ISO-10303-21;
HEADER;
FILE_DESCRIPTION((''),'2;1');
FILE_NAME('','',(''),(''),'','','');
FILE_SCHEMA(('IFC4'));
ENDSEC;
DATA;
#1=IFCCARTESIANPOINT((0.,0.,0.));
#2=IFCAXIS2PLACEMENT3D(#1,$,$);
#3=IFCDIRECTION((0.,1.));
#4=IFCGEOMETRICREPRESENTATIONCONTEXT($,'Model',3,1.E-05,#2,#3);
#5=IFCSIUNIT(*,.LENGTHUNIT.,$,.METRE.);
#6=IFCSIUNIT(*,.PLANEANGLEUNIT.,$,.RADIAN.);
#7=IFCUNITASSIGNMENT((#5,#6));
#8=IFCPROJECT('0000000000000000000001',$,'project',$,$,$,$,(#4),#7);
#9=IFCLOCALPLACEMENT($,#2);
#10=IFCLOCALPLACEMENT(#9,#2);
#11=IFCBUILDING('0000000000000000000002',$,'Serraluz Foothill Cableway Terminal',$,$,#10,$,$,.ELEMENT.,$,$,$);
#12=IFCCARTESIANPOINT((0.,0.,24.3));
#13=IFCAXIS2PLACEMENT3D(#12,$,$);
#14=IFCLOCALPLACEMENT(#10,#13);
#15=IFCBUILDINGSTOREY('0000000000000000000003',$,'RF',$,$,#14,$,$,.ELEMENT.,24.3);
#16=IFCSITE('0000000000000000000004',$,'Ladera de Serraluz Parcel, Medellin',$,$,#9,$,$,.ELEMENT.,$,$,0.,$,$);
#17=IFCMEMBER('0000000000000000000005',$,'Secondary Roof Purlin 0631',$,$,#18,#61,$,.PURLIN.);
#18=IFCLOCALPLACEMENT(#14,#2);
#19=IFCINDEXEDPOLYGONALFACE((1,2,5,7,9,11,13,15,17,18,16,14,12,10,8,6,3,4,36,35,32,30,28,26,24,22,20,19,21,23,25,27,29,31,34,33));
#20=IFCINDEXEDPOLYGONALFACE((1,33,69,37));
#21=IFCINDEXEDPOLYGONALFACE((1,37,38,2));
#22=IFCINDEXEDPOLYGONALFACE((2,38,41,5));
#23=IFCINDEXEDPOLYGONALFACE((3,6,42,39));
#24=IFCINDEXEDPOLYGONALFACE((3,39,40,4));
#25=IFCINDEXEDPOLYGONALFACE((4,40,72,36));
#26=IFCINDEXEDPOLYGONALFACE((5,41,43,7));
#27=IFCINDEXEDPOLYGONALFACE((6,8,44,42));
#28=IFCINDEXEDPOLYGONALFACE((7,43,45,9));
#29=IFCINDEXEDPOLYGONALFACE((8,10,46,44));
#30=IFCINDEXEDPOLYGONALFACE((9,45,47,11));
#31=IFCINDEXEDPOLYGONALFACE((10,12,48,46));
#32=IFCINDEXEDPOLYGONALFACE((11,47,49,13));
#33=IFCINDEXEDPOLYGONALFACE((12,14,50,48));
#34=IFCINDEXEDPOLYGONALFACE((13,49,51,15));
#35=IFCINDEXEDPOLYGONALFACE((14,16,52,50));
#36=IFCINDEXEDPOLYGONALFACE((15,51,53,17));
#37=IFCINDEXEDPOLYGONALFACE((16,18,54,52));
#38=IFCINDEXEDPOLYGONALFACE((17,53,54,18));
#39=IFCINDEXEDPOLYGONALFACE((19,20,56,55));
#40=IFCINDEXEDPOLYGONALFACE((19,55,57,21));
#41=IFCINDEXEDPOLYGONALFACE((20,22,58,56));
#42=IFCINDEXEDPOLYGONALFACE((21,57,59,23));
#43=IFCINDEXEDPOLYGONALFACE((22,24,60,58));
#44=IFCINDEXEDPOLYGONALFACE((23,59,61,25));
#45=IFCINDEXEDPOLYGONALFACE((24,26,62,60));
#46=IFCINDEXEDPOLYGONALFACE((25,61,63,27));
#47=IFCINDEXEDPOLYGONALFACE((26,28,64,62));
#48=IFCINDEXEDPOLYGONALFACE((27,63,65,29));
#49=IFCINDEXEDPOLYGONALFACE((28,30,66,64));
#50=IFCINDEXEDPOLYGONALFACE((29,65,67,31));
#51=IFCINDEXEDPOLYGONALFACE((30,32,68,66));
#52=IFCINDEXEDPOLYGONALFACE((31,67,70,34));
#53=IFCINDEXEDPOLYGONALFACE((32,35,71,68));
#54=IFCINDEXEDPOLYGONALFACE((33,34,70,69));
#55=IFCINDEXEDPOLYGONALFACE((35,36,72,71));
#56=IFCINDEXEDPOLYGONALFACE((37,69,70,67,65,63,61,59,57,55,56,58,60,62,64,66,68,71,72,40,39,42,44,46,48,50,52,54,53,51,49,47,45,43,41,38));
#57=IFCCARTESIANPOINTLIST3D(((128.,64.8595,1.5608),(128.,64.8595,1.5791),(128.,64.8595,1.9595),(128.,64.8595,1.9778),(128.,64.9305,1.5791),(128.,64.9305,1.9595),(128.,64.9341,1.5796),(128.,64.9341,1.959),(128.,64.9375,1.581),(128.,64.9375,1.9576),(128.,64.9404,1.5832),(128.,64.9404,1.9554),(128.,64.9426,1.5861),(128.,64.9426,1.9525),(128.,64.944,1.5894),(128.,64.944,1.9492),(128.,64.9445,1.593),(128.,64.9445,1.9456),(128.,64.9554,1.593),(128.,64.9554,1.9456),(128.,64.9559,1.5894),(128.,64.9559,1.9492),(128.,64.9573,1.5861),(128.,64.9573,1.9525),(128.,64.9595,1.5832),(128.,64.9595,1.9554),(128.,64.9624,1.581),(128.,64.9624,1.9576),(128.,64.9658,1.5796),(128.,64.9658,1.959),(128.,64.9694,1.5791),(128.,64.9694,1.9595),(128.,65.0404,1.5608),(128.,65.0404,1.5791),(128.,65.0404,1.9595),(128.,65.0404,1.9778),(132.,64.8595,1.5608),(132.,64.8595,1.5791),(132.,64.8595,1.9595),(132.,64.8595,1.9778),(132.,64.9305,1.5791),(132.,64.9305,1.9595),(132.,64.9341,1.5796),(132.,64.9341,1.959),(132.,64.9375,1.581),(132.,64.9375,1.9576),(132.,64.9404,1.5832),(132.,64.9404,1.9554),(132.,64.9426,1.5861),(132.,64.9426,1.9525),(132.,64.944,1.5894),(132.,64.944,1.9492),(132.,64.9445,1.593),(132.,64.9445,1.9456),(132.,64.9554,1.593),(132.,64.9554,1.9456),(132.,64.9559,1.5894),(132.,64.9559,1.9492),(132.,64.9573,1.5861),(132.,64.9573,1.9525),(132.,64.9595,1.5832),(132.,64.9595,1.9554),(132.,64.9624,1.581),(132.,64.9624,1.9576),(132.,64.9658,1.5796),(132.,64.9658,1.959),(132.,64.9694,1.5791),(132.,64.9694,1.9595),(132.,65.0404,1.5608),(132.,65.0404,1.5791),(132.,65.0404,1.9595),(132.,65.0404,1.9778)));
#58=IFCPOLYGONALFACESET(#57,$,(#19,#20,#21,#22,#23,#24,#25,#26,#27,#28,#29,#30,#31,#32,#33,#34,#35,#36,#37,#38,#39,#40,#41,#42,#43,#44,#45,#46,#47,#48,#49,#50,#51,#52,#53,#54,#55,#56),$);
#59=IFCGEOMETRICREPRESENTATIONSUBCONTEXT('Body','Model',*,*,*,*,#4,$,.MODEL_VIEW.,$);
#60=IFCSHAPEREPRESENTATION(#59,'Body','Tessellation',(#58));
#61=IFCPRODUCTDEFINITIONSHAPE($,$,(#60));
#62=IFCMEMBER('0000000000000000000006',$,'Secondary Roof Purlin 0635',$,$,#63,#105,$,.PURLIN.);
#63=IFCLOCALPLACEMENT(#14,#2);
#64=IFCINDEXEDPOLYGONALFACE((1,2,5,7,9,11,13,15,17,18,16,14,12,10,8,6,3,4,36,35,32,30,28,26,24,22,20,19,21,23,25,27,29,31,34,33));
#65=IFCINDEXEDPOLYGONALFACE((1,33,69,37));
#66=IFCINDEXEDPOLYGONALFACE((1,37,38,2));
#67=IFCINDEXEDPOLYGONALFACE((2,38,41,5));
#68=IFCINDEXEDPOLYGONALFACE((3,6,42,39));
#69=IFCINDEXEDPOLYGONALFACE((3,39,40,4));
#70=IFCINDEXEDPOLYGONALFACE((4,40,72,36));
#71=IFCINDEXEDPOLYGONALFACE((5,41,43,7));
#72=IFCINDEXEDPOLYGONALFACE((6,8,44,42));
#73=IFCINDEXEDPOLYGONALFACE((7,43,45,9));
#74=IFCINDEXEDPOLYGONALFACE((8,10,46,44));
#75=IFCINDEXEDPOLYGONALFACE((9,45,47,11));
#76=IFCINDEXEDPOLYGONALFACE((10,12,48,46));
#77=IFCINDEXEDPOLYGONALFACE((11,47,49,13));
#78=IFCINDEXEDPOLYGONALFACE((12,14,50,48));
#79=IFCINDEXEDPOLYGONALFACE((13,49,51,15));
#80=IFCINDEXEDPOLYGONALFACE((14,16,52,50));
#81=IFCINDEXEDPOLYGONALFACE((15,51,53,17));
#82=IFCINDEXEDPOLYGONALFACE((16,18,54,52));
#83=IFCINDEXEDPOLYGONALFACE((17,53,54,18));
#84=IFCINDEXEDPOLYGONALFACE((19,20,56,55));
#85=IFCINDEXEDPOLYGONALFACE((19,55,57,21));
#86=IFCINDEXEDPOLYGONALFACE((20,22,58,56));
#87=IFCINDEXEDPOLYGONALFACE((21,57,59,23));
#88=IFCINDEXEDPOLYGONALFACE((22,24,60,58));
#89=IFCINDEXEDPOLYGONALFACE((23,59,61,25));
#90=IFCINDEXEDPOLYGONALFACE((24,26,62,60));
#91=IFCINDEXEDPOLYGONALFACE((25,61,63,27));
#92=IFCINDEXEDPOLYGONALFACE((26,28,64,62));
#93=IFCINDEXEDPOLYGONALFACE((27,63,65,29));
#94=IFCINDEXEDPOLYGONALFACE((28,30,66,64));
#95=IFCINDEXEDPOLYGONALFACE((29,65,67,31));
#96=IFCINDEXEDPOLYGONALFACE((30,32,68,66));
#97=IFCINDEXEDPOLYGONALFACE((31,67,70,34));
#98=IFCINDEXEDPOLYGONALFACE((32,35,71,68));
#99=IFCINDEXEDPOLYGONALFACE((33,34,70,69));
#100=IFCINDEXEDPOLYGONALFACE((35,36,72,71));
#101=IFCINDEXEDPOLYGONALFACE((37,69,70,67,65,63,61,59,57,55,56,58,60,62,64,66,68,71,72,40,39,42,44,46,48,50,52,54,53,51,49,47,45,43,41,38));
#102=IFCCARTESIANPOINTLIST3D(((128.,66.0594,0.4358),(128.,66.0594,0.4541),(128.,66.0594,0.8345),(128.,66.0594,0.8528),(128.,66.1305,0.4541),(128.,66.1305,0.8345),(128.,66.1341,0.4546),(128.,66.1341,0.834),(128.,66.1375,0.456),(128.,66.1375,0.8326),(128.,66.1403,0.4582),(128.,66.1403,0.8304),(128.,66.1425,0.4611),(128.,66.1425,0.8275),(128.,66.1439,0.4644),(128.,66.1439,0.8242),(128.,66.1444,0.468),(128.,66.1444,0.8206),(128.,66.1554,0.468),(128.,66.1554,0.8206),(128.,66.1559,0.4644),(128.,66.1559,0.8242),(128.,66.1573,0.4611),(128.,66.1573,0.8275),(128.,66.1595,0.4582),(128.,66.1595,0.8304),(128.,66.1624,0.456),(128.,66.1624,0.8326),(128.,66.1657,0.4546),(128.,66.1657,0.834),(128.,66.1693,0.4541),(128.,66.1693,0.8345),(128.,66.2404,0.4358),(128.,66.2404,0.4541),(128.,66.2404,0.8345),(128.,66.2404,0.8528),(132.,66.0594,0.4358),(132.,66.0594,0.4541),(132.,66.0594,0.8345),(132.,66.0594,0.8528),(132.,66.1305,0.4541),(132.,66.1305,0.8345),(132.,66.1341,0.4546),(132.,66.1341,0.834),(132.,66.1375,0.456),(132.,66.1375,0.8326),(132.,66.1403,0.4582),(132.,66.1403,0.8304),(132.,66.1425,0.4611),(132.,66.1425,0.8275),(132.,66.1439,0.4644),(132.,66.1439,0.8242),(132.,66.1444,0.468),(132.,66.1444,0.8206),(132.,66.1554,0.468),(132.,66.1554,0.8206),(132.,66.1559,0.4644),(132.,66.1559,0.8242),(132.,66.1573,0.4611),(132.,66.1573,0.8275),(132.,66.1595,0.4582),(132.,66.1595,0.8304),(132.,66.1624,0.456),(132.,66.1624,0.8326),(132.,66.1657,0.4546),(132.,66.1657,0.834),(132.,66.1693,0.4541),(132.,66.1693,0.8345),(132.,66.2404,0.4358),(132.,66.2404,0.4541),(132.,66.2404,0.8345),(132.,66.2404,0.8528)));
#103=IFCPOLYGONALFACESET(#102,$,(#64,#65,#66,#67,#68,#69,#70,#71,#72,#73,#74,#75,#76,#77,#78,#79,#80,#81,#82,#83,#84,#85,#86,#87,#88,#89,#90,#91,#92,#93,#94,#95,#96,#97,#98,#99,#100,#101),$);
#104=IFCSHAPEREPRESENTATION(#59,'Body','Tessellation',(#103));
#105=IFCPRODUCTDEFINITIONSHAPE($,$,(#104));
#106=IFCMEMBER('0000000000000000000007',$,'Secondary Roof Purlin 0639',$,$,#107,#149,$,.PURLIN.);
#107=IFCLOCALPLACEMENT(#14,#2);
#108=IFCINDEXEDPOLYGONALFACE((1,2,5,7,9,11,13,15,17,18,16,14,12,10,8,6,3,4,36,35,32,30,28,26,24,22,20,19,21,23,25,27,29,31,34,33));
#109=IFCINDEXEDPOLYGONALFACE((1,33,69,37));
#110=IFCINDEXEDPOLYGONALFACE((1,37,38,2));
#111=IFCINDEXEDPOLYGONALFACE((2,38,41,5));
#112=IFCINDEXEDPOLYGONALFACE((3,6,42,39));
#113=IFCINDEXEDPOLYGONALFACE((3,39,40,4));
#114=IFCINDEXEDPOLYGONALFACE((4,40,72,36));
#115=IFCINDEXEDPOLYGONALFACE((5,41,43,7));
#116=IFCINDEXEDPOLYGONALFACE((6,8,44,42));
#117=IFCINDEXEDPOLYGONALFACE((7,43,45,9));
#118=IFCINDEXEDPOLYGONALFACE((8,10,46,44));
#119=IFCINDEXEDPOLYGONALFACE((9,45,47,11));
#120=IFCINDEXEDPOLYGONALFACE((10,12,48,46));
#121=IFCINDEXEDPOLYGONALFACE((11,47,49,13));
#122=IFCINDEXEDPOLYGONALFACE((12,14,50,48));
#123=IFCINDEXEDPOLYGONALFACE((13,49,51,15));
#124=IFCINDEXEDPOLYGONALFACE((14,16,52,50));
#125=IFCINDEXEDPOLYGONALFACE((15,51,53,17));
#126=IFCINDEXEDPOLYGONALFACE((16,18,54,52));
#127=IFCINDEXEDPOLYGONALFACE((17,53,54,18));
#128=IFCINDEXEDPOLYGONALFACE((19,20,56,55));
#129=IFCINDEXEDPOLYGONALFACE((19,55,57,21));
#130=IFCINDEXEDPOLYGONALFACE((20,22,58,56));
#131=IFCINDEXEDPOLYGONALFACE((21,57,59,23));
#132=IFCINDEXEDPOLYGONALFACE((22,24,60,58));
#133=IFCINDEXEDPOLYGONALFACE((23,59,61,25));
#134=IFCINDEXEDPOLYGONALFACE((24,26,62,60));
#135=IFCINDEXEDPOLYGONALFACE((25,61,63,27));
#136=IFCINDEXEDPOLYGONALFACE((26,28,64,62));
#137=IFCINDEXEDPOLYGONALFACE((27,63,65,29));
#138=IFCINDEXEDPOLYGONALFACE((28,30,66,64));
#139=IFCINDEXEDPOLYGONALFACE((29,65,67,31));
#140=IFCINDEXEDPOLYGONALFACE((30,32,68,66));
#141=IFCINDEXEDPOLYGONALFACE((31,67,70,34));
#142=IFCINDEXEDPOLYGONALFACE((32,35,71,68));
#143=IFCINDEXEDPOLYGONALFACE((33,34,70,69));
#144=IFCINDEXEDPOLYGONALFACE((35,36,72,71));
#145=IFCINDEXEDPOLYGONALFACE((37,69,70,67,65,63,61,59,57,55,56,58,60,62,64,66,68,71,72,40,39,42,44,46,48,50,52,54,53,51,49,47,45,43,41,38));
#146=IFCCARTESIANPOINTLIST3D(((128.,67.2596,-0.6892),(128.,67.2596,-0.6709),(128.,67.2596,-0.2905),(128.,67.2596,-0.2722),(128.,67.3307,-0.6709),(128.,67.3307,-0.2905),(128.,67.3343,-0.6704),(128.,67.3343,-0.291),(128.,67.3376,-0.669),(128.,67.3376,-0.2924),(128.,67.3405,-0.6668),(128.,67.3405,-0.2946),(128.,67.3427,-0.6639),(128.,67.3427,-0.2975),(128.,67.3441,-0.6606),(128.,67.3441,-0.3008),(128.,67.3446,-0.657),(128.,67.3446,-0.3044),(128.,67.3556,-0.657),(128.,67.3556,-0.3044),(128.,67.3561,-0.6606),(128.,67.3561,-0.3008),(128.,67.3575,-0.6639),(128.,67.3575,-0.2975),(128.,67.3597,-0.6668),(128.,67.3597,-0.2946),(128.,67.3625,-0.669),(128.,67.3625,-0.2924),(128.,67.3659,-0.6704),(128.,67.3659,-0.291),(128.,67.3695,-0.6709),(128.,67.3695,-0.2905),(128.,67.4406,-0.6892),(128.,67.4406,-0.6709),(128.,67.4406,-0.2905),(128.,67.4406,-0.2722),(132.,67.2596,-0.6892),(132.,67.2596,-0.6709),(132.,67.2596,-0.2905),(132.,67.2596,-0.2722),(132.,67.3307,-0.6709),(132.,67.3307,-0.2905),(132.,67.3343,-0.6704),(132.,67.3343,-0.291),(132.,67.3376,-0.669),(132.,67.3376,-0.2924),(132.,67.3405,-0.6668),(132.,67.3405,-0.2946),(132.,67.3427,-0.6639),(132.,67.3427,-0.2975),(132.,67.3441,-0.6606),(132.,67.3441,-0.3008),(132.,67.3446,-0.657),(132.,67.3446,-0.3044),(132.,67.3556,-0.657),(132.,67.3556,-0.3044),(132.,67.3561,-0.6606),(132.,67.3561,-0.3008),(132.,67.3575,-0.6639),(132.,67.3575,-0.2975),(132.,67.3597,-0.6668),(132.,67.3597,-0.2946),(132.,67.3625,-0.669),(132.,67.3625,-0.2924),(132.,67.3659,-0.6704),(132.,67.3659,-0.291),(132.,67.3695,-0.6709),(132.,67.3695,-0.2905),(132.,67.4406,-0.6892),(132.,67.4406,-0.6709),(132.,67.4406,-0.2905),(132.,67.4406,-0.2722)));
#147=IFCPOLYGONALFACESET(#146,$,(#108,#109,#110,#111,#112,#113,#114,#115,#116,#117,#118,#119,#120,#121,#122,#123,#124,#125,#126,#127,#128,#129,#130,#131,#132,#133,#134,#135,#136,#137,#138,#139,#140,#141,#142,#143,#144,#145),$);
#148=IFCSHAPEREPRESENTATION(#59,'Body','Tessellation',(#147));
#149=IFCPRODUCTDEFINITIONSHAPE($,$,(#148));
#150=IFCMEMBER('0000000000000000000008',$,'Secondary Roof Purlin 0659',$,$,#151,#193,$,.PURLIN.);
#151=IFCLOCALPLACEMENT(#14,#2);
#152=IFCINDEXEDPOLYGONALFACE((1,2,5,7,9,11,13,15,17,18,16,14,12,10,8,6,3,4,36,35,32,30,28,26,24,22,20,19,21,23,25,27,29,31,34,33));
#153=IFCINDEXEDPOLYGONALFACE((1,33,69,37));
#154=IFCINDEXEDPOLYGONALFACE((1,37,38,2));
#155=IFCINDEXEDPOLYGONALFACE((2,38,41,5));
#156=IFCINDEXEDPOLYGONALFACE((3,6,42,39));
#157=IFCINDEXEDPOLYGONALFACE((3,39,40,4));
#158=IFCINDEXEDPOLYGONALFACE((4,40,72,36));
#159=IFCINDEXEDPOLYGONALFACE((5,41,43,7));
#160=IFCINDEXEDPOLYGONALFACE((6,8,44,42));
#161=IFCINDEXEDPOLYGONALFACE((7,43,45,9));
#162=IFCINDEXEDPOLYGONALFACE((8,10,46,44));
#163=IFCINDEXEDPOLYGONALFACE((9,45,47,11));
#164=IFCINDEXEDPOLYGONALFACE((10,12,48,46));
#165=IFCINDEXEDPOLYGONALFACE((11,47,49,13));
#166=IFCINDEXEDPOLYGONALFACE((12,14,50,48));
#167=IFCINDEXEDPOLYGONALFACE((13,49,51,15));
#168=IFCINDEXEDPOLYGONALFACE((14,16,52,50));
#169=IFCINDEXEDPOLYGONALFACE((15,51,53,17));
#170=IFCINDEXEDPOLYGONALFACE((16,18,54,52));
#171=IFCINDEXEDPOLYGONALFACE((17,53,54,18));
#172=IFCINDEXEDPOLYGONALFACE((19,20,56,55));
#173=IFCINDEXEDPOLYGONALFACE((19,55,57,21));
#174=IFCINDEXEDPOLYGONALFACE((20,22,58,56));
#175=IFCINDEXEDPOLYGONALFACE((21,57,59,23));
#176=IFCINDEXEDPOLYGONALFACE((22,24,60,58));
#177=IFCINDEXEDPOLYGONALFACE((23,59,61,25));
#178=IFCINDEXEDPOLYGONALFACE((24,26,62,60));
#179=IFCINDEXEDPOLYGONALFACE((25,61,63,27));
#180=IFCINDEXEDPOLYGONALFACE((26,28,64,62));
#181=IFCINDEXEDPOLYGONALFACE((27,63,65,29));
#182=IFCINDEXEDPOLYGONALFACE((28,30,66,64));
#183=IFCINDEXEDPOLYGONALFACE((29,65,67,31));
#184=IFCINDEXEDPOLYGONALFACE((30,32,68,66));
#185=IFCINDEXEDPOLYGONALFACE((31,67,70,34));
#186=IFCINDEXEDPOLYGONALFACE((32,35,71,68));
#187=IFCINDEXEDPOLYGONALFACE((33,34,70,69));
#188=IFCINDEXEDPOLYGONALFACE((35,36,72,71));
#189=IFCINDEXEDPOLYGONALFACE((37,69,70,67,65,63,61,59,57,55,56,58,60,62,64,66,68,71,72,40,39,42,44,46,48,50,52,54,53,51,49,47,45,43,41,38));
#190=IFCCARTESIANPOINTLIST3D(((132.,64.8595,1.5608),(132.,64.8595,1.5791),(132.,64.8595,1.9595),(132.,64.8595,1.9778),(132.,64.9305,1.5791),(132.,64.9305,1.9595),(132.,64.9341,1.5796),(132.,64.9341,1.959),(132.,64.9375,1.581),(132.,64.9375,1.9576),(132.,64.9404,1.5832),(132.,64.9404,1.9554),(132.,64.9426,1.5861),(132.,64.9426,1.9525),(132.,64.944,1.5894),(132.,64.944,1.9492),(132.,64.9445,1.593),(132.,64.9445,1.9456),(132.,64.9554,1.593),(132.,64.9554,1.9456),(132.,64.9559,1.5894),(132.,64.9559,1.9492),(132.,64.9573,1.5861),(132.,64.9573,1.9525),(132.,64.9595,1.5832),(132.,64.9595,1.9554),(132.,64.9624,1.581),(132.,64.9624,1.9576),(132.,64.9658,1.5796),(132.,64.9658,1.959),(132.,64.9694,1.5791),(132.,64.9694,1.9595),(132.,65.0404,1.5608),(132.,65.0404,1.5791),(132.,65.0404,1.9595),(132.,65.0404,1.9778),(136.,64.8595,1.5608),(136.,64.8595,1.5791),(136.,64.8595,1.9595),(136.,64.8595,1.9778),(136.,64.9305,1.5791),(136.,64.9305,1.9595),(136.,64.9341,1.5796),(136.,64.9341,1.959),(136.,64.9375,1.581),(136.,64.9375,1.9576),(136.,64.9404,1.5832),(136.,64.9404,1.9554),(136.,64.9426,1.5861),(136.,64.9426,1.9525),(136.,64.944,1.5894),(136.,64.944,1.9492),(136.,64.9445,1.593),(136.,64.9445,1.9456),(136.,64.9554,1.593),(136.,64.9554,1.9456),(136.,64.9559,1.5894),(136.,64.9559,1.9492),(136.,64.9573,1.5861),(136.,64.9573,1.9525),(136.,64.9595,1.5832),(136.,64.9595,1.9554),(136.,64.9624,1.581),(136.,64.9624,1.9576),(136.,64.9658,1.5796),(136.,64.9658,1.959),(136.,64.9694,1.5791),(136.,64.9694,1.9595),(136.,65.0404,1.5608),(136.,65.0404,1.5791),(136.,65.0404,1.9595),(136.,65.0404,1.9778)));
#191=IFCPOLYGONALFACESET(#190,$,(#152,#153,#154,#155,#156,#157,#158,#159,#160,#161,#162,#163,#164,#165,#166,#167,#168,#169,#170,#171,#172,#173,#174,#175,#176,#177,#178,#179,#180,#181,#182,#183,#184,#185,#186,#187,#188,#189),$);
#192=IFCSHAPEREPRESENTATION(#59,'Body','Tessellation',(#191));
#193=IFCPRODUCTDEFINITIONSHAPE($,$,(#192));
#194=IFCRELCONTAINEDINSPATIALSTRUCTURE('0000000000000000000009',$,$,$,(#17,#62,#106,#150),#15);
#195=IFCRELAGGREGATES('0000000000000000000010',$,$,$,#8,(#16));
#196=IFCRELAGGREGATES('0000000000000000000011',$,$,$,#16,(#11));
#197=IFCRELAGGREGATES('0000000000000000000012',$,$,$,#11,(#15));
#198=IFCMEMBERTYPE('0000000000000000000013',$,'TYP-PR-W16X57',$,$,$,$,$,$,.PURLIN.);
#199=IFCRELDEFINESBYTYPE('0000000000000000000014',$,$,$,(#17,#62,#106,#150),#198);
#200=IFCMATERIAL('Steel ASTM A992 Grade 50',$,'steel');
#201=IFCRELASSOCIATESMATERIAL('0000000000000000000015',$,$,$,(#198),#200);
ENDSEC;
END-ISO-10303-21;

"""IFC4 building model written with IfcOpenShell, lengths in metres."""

from ifc_helpers import new_model, si_unit, direction, frame, origin, origin_2d, place, context, subcontext, project, spatial, i_section, extrude, material, material_profile, profile_set, type_object, element, save


model = new_model("IFC4")

# Units and contexts
model_context = context("Model", 3, precision=1e-05, world=origin(), true_north=direction((0.0, 1.0)))
body_context = subcontext(model_context, "Body", "Model", "MODEL_VIEW")
ifc_project = project(units=[si_unit("LENGTHUNIT", "METRE"), si_unit("PLANEANGLEUNIT", "RADIAN")], contexts=[model_context])

# Site, building, storey
site_placement = place(None, origin())
site = spatial("IfcSite", under=ifc_project, at=site_placement, Name="Ladera de Serraluz Parcel, Medellin", CompositionType="ELEMENT", RefElevation=0.0)
building_placement = place(site_placement, origin())
building = spatial("IfcBuilding", under=site, at=building_placement, Name="Serraluz Foothill Cableway Terminal", CompositionType="ELEMENT")
storey_placement = place(building_placement, frame((0.0, 0.0, 24.3)))
storey = spatial("IfcBuildingStorey", under=building, at=storey_placement, Name="RF", CompositionType="ELEMENT", Elevation=24.3)

# Members
ifc_material_1 = material(Name="Steel ASTM A992 Grade 50", Category="steel")
ifc_material_profile_1 = material_profile(ifc_material_1, i_section(OverallWidth=0.1809, OverallDepth=0.417, WebThickness=0.011, FlangeThickness=0.0183, FilletRadius=0.0139, at=origin_2d()), Name="W16X57")
ifc_profile_set_1 = profile_set([ifc_material_profile_1], Name="Steel ASTM A992 Grade 50")
member_type_1 = type_object("IfcMemberType", Name="TYP-PR-W16X57", PredefinedType="PURLIN", material=ifc_profile_set_1)
for number, where, z_axis, x_axis, name in (
    (1, (128.0, 64.95, 1.7693), (1.0, 0.0, 0.0), (0.0, 1.0, 0.0), "Secondary Roof Purlin 0631"),
    (2, (128.0, 66.1499, 0.6443), (1.0, 0.0, 0.0), (0.0, 1.0, 0.0), "Secondary Roof Purlin 0635"),
    (3, (128.0, 67.3501, -0.4807), (1.0, 0.0, 0.0), (0.0, 1.0, 0.0), "Secondary Roof Purlin 0639"),
    (4, (132.0, 64.95, 1.7693), (1.0, 0.0, 0.0), (0.0, 1.0, 0.0), "Secondary Roof Purlin 0659"),
):
    element("IfcMember", number, at=place(storey_placement, frame(where, z_axis=z_axis, x_axis=x_axis)), inside=storey, type_object=member_type_1, Name=name, PredefinedType="PURLIN", context=body_context, shape_type="SweptSolid", body=[
        extrude(i_section(OverallWidth=0.1809, OverallDepth=0.417, WebThickness=0.011, FlangeThickness=0.0183, FilletRadius=0.0139, at=origin_2d()), origin(), (0.0, 0.0, 1.0), 4.0),
    ])

save(model, "model.ifc")
